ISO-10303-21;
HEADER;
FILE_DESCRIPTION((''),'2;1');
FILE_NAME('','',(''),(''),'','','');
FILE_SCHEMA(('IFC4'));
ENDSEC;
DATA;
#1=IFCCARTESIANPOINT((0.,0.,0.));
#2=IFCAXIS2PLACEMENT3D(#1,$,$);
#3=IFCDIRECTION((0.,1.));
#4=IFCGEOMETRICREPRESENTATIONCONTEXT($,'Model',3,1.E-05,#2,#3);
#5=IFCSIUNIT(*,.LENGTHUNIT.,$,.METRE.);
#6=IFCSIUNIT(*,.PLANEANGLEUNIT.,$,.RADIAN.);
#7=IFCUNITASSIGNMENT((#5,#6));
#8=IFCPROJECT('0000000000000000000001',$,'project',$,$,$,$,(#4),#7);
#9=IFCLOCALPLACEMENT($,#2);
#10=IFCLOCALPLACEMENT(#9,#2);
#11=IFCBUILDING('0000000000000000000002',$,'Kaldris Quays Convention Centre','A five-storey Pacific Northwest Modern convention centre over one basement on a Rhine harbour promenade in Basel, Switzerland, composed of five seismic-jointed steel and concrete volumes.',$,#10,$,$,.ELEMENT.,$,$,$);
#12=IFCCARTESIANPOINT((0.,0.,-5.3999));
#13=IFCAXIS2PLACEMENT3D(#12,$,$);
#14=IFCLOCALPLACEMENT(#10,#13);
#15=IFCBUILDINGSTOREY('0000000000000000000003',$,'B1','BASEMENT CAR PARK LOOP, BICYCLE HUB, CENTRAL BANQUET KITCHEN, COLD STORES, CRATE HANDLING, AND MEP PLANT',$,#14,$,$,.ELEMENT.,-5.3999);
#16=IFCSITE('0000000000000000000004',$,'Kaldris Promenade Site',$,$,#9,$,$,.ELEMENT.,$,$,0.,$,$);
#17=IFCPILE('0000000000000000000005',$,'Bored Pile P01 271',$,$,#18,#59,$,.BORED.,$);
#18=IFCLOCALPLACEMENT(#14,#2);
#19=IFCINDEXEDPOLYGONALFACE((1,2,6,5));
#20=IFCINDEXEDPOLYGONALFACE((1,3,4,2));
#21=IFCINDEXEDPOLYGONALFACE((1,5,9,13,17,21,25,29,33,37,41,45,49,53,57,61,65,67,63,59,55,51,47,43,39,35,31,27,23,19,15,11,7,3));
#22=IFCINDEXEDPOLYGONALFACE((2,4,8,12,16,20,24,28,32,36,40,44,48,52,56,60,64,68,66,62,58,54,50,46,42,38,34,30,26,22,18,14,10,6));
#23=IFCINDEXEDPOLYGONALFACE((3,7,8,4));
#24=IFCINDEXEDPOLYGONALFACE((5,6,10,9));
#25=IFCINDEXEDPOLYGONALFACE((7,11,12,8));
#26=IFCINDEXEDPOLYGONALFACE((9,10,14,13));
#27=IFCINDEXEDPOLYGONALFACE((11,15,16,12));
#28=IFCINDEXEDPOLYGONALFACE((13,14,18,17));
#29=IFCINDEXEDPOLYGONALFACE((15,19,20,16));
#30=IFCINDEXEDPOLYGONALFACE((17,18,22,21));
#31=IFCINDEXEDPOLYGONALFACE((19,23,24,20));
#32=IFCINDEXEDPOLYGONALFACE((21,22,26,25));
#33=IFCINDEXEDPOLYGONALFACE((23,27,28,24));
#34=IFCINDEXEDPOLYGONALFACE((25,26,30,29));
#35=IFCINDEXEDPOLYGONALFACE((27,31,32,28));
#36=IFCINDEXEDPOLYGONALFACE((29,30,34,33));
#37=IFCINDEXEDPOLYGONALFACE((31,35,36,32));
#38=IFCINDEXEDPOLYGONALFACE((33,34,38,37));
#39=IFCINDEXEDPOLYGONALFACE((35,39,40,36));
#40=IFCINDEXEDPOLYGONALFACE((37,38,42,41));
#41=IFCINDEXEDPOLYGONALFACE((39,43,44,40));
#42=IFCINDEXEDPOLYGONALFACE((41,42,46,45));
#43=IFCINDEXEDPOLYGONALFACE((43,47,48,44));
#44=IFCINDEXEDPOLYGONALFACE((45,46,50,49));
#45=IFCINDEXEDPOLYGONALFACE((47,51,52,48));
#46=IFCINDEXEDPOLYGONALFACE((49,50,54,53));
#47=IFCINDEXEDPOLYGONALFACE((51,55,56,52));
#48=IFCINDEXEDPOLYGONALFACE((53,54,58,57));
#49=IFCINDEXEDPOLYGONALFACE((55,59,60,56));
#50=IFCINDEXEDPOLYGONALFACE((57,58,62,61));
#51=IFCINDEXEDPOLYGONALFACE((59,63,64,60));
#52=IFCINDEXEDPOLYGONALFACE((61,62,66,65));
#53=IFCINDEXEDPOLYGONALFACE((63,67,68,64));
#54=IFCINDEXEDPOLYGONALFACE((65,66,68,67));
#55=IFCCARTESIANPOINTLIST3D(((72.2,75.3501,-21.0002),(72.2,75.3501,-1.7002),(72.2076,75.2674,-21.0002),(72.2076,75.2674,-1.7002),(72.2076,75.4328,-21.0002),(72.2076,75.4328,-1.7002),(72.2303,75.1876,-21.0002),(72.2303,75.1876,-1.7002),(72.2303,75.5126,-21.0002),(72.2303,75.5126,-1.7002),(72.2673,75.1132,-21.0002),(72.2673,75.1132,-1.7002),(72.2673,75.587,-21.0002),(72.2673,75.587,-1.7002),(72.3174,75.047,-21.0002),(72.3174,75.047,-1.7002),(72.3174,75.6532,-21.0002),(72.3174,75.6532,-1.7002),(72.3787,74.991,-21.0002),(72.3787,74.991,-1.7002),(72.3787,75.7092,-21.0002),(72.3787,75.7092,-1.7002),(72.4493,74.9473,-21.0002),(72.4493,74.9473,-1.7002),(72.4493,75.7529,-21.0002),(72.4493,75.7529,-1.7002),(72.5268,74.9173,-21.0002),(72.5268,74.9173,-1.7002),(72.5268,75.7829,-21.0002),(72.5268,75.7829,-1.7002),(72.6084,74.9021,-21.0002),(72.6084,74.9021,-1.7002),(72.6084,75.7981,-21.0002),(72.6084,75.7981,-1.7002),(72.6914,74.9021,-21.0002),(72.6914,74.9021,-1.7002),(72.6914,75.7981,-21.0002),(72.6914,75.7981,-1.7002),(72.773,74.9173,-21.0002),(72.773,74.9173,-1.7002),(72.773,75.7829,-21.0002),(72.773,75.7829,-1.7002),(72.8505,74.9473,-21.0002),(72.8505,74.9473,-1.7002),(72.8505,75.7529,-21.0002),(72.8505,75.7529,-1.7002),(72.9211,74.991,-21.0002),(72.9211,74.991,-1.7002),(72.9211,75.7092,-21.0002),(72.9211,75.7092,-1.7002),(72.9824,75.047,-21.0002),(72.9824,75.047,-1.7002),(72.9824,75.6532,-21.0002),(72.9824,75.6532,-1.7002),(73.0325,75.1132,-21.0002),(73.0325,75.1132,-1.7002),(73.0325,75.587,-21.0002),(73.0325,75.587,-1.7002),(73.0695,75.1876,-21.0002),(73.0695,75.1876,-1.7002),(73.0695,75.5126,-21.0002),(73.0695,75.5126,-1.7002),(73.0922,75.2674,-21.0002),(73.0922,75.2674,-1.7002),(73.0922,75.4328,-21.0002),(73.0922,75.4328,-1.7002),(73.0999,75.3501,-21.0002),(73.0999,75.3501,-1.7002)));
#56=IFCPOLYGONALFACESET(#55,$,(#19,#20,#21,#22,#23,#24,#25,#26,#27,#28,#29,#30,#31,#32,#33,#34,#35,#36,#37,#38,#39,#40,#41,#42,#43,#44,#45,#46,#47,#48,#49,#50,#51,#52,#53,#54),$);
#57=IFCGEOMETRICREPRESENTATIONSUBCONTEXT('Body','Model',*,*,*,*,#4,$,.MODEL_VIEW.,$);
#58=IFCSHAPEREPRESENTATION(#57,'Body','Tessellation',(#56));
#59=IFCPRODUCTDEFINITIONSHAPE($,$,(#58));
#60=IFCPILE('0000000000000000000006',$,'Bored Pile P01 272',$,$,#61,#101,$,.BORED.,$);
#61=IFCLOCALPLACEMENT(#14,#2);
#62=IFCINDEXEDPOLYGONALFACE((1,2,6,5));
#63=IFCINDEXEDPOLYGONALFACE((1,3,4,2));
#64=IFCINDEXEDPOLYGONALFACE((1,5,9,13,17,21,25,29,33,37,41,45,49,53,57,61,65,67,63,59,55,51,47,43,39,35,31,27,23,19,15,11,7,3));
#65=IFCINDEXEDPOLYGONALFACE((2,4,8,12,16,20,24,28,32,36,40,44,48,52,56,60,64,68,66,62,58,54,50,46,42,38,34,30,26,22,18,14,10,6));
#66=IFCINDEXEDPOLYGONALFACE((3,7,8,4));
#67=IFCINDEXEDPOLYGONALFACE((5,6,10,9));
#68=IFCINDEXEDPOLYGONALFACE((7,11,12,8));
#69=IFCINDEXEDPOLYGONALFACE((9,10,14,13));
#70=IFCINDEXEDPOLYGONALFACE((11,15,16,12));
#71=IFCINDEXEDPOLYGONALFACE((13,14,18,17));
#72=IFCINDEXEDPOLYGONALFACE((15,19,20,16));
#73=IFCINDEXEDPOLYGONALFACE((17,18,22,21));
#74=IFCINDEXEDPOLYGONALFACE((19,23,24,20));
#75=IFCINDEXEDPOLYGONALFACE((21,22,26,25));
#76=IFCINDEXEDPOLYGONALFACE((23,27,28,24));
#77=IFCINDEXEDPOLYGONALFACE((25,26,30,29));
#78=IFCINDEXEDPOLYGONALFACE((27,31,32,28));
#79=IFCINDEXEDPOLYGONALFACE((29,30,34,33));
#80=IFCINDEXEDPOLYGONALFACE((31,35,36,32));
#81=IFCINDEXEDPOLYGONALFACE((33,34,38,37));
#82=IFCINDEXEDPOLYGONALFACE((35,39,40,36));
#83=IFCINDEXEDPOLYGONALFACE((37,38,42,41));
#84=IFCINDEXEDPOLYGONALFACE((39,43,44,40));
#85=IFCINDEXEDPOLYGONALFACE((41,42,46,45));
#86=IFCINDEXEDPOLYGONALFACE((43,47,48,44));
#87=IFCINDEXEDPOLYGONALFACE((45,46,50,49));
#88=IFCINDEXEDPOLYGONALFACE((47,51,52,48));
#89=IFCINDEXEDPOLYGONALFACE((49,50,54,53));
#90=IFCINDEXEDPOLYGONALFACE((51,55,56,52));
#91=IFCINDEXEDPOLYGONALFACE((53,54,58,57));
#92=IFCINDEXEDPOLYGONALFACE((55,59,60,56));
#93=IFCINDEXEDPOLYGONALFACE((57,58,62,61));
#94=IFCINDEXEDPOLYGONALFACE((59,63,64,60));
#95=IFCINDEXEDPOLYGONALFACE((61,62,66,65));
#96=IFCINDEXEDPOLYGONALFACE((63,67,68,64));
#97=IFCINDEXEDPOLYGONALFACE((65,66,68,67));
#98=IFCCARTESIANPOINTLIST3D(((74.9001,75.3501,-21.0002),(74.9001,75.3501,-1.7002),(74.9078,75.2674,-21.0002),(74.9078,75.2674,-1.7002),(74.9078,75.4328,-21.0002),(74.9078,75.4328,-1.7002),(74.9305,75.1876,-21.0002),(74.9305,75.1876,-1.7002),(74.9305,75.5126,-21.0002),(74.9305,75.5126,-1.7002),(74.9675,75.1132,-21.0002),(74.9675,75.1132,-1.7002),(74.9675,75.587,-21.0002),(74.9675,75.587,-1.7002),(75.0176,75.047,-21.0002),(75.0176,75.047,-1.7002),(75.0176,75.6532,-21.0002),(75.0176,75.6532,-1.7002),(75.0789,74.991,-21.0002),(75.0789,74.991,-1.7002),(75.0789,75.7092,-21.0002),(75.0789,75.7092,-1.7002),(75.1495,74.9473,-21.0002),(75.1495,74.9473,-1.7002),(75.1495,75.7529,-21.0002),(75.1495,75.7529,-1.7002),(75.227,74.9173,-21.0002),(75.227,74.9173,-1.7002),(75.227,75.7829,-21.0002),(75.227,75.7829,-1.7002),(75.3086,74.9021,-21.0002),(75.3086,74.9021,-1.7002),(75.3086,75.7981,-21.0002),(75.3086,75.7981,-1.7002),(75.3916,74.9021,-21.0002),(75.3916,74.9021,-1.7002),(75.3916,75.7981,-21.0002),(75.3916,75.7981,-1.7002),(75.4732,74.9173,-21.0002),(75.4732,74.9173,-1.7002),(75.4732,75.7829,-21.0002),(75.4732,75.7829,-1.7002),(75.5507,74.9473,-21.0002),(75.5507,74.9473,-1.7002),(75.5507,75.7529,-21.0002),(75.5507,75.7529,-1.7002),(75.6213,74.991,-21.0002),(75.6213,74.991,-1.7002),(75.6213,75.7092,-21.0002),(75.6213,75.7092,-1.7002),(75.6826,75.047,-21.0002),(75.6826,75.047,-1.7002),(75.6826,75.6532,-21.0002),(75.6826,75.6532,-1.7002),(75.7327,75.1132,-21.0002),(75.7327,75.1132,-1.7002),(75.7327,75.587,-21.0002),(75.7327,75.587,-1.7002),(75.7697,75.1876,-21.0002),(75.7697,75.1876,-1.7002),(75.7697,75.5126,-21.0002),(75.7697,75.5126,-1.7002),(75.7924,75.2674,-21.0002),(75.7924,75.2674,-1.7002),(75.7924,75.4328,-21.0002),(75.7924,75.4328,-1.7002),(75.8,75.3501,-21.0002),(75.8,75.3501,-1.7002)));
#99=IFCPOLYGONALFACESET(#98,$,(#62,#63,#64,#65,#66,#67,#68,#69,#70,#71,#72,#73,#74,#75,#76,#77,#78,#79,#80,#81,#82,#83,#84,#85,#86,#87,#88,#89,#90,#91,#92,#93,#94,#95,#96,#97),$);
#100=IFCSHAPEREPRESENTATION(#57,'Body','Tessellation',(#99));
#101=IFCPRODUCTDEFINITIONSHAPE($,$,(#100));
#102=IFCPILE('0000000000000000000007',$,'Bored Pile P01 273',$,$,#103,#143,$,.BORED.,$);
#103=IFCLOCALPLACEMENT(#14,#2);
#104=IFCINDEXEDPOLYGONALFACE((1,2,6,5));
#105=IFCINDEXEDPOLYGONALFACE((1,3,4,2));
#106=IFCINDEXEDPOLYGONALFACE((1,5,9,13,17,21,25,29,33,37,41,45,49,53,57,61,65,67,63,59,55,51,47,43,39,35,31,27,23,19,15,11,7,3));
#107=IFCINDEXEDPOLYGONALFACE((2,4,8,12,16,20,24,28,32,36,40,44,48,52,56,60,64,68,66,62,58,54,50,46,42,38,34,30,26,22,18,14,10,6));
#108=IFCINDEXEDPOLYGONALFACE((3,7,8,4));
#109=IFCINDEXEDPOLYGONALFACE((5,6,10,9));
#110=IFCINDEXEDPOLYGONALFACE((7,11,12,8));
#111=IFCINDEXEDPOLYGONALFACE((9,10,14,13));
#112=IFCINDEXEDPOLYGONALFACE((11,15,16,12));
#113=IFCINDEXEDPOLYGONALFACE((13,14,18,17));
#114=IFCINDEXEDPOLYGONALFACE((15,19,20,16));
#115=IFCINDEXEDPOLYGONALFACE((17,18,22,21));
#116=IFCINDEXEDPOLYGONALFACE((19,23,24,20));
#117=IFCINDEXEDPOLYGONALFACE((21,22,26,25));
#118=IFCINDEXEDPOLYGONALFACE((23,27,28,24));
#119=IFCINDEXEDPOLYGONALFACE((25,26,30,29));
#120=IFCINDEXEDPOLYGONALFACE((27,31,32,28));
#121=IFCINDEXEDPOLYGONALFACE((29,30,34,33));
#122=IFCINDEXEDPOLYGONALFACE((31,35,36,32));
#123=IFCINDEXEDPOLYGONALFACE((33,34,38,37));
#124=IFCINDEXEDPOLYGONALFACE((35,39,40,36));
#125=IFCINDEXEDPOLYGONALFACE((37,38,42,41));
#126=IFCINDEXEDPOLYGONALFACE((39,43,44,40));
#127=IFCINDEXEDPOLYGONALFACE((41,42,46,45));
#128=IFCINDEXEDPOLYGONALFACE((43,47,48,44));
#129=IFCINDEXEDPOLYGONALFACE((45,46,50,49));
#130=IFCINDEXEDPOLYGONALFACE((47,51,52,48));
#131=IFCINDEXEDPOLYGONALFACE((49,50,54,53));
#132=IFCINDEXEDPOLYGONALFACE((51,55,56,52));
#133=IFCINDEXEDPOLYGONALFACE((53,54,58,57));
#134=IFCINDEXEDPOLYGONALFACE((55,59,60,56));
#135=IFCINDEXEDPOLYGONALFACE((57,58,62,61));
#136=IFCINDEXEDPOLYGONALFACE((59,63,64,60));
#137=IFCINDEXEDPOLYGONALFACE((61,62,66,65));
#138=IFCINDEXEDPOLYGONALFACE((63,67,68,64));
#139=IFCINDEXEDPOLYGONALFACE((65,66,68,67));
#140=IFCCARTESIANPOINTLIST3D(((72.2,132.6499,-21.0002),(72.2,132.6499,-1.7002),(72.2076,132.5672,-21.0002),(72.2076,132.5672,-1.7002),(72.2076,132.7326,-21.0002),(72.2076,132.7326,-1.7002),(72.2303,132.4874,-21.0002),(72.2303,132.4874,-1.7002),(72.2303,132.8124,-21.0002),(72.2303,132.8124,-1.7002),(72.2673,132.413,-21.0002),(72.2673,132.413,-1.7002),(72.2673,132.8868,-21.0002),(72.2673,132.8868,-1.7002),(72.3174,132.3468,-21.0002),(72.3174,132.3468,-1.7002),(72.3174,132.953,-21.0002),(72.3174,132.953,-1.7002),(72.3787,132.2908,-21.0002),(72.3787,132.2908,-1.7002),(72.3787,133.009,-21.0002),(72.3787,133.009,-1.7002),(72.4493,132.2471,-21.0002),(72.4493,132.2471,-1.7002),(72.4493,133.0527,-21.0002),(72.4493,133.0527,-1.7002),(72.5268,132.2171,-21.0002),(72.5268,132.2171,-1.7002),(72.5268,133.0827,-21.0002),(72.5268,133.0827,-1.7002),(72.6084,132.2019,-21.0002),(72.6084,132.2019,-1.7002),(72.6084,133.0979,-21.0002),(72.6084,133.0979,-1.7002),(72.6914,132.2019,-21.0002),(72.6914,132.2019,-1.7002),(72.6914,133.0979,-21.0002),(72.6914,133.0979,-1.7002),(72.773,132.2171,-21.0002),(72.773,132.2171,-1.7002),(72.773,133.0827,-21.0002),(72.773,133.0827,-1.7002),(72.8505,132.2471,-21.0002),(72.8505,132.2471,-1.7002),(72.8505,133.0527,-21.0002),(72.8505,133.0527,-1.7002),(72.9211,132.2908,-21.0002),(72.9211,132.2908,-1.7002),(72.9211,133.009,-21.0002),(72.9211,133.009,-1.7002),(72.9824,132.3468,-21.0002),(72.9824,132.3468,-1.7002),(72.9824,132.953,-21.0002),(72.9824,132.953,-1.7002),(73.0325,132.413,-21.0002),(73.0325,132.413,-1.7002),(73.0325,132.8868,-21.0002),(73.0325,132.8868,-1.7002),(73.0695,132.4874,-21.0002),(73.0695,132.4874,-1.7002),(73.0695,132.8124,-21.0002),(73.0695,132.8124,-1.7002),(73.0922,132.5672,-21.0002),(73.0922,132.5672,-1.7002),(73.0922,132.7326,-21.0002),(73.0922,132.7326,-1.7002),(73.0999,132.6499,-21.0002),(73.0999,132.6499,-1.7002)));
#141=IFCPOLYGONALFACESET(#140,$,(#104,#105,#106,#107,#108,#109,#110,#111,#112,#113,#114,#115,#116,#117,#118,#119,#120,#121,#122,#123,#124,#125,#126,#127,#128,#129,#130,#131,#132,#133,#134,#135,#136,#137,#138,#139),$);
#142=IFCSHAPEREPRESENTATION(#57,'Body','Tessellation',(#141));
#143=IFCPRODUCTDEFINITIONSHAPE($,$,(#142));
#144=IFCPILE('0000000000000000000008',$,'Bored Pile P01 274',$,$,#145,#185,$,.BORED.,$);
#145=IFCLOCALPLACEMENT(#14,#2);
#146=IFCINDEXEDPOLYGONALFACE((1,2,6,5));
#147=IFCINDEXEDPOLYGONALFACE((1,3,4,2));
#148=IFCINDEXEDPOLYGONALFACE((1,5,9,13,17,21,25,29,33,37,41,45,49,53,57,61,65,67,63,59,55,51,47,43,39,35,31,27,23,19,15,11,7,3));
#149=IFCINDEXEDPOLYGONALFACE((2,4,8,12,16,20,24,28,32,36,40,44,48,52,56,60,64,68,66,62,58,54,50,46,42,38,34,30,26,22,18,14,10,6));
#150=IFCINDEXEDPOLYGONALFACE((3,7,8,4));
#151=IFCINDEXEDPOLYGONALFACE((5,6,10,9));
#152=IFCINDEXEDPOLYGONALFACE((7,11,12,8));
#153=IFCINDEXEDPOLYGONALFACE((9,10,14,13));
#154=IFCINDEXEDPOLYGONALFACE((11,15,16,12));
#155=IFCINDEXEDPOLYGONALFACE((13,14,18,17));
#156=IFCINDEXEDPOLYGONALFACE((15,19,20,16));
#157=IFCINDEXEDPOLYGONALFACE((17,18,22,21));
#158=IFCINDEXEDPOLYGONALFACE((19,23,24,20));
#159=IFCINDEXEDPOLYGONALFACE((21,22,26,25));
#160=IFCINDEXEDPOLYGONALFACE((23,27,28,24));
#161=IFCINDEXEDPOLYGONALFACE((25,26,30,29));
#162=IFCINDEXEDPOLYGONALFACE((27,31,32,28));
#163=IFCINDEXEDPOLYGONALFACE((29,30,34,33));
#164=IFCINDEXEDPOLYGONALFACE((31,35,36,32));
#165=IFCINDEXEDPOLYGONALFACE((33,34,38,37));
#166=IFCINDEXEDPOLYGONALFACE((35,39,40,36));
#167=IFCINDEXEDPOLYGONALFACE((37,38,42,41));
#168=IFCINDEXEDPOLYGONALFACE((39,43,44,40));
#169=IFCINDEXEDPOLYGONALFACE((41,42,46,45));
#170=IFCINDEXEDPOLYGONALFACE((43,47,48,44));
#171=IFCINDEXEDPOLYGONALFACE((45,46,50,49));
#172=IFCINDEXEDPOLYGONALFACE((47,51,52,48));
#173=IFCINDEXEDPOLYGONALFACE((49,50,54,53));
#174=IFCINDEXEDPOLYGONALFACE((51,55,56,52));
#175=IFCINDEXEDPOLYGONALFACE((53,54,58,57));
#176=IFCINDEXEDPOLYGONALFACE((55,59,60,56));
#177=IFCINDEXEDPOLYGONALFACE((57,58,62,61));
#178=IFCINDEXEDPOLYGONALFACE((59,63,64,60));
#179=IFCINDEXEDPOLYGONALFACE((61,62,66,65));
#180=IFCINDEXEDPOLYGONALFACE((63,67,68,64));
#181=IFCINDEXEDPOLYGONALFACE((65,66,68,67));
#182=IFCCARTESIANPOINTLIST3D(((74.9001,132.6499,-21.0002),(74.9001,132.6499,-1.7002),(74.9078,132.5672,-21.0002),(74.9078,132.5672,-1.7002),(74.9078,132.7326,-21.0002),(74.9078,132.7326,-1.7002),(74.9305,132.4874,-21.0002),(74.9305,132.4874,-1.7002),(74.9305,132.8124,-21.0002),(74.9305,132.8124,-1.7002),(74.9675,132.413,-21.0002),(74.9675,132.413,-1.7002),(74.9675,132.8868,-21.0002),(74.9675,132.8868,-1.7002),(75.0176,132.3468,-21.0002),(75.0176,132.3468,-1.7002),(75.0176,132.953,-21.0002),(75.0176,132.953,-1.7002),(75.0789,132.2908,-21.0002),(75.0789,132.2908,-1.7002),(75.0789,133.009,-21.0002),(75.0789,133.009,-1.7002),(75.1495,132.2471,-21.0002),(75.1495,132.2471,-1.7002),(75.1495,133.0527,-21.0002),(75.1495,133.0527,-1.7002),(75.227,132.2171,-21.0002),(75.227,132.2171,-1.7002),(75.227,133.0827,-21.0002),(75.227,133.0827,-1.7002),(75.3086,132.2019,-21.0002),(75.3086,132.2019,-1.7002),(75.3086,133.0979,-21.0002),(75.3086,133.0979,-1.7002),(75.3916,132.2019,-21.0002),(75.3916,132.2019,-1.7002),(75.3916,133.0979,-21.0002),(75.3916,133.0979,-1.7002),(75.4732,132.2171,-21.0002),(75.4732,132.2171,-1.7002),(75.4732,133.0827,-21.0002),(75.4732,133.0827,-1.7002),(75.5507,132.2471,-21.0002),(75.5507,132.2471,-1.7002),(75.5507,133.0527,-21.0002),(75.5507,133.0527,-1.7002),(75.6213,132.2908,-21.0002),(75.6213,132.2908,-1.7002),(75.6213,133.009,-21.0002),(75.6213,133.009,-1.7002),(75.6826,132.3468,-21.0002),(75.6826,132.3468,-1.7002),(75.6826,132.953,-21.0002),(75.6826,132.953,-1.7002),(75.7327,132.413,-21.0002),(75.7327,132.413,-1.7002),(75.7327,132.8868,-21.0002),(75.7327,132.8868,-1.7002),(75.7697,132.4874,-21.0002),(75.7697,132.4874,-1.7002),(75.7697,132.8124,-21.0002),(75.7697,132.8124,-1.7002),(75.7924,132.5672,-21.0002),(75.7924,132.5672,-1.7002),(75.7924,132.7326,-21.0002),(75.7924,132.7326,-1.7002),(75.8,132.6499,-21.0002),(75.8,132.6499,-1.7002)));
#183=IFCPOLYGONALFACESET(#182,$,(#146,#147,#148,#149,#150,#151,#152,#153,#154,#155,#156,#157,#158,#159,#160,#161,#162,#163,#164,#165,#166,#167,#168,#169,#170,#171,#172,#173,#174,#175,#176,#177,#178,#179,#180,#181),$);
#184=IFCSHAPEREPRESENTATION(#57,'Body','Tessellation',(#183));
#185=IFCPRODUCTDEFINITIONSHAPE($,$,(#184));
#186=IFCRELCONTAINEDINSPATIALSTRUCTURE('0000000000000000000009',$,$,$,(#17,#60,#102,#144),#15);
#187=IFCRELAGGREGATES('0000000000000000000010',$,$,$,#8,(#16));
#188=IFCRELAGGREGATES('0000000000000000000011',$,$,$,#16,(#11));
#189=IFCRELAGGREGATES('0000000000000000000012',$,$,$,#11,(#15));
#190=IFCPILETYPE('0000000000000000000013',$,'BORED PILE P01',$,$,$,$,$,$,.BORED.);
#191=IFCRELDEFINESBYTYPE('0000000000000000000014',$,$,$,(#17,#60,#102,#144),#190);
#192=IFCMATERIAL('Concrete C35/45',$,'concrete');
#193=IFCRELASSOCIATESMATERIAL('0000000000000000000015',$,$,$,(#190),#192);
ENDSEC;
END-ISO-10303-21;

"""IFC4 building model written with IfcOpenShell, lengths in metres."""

from ifc_helpers import new_model, si_unit, direction, frame, origin, origin_2d, place, context, subcontext, project, spatial, circle, extrude, material, material_profile, profile_set, type_object, element, save


model = new_model("IFC4")

# Units and contexts
model_context = context("Model", 3, precision=1e-05, world=origin(), true_north=direction((0.0, 1.0)))
body_context = subcontext(model_context, "Body", "Model", "MODEL_VIEW")
ifc_project = project(units=[si_unit("LENGTHUNIT", "METRE"), si_unit("PLANEANGLEUNIT", "RADIAN")], contexts=[model_context])

# Site, building, storey
site_placement = place(None, origin())
site = spatial("IfcSite", under=ifc_project, at=site_placement, Name="Kaldris Promenade Site", CompositionType="ELEMENT", RefElevation=0.0)
building_placement = place(site_placement, origin())
building = spatial("IfcBuilding", under=site, at=building_placement, Name="Kaldris Quays Convention Centre", Description="A five-storey Pacific Northwest Modern convention centre over one basement on a Rhine harbour promenade in Basel, Switzerland, composed of five seismic-jointed steel and concrete volumes.", CompositionType="ELEMENT")
storey_placement = place(building_placement, frame((0.0, 0.0, -5.3999)))
storey = spatial("IfcBuildingStorey", under=building, at=storey_placement, Name="B1", Description="BASEMENT CAR PARK LOOP, BICYCLE HUB, CENTRAL BANQUET KITCHEN, COLD STORES, CRATE HANDLING, AND MEP PLANT", CompositionType="ELEMENT", Elevation=-5.3999)

# Piles
ifc_material_1 = material(Name="Concrete C35/45", Category="concrete")
ifc_material_profile_1 = material_profile(ifc_material_1, circle(Radius=0.45, at=origin_2d()), Name="BORED PILE D900")
ifc_profile_set_1 = profile_set([ifc_material_profile_1], Name="Concrete C35/45")
pile_type = type_object("IfcPileType", Name="BORED PILE P01", PredefinedType="BORED", material=ifc_profile_set_1)
for number, where, z_axis, x_axis, name in (
    (1, (72.6499, 75.3501, -1.7002), (0.0, 0.0, -1.0), (1.0, 0.0, 0.0), "Bored Pile P01 271"),
    (2, (75.3501, 75.3501, -1.7002), (0.0, 0.0, -1.0), (1.0, 0.0, 0.0), "Bored Pile P01 272"),
    (3, (72.6499, 132.6499, -1.7002), (0.0, 0.0, -1.0), (1.0, 0.0, 0.0), "Bored Pile P01 273"),
    (4, (75.3501, 132.6499, -1.7002), (0.0, 0.0, -1.0), (1.0, 0.0, 0.0), "Bored Pile P01 274"),
):
    element("IfcPile", number, at=place(storey_placement, frame(where, z_axis=z_axis, x_axis=x_axis)), inside=storey, type_object=pile_type, Name=name, PredefinedType="BORED", context=body_context, shape_type="SweptSolid", body=[
        extrude(circle(Radius=0.45, at=origin_2d()), origin(), (0.0, 0.0, 1.0), 19.3),
    ])

save(model, "model.ifc")
